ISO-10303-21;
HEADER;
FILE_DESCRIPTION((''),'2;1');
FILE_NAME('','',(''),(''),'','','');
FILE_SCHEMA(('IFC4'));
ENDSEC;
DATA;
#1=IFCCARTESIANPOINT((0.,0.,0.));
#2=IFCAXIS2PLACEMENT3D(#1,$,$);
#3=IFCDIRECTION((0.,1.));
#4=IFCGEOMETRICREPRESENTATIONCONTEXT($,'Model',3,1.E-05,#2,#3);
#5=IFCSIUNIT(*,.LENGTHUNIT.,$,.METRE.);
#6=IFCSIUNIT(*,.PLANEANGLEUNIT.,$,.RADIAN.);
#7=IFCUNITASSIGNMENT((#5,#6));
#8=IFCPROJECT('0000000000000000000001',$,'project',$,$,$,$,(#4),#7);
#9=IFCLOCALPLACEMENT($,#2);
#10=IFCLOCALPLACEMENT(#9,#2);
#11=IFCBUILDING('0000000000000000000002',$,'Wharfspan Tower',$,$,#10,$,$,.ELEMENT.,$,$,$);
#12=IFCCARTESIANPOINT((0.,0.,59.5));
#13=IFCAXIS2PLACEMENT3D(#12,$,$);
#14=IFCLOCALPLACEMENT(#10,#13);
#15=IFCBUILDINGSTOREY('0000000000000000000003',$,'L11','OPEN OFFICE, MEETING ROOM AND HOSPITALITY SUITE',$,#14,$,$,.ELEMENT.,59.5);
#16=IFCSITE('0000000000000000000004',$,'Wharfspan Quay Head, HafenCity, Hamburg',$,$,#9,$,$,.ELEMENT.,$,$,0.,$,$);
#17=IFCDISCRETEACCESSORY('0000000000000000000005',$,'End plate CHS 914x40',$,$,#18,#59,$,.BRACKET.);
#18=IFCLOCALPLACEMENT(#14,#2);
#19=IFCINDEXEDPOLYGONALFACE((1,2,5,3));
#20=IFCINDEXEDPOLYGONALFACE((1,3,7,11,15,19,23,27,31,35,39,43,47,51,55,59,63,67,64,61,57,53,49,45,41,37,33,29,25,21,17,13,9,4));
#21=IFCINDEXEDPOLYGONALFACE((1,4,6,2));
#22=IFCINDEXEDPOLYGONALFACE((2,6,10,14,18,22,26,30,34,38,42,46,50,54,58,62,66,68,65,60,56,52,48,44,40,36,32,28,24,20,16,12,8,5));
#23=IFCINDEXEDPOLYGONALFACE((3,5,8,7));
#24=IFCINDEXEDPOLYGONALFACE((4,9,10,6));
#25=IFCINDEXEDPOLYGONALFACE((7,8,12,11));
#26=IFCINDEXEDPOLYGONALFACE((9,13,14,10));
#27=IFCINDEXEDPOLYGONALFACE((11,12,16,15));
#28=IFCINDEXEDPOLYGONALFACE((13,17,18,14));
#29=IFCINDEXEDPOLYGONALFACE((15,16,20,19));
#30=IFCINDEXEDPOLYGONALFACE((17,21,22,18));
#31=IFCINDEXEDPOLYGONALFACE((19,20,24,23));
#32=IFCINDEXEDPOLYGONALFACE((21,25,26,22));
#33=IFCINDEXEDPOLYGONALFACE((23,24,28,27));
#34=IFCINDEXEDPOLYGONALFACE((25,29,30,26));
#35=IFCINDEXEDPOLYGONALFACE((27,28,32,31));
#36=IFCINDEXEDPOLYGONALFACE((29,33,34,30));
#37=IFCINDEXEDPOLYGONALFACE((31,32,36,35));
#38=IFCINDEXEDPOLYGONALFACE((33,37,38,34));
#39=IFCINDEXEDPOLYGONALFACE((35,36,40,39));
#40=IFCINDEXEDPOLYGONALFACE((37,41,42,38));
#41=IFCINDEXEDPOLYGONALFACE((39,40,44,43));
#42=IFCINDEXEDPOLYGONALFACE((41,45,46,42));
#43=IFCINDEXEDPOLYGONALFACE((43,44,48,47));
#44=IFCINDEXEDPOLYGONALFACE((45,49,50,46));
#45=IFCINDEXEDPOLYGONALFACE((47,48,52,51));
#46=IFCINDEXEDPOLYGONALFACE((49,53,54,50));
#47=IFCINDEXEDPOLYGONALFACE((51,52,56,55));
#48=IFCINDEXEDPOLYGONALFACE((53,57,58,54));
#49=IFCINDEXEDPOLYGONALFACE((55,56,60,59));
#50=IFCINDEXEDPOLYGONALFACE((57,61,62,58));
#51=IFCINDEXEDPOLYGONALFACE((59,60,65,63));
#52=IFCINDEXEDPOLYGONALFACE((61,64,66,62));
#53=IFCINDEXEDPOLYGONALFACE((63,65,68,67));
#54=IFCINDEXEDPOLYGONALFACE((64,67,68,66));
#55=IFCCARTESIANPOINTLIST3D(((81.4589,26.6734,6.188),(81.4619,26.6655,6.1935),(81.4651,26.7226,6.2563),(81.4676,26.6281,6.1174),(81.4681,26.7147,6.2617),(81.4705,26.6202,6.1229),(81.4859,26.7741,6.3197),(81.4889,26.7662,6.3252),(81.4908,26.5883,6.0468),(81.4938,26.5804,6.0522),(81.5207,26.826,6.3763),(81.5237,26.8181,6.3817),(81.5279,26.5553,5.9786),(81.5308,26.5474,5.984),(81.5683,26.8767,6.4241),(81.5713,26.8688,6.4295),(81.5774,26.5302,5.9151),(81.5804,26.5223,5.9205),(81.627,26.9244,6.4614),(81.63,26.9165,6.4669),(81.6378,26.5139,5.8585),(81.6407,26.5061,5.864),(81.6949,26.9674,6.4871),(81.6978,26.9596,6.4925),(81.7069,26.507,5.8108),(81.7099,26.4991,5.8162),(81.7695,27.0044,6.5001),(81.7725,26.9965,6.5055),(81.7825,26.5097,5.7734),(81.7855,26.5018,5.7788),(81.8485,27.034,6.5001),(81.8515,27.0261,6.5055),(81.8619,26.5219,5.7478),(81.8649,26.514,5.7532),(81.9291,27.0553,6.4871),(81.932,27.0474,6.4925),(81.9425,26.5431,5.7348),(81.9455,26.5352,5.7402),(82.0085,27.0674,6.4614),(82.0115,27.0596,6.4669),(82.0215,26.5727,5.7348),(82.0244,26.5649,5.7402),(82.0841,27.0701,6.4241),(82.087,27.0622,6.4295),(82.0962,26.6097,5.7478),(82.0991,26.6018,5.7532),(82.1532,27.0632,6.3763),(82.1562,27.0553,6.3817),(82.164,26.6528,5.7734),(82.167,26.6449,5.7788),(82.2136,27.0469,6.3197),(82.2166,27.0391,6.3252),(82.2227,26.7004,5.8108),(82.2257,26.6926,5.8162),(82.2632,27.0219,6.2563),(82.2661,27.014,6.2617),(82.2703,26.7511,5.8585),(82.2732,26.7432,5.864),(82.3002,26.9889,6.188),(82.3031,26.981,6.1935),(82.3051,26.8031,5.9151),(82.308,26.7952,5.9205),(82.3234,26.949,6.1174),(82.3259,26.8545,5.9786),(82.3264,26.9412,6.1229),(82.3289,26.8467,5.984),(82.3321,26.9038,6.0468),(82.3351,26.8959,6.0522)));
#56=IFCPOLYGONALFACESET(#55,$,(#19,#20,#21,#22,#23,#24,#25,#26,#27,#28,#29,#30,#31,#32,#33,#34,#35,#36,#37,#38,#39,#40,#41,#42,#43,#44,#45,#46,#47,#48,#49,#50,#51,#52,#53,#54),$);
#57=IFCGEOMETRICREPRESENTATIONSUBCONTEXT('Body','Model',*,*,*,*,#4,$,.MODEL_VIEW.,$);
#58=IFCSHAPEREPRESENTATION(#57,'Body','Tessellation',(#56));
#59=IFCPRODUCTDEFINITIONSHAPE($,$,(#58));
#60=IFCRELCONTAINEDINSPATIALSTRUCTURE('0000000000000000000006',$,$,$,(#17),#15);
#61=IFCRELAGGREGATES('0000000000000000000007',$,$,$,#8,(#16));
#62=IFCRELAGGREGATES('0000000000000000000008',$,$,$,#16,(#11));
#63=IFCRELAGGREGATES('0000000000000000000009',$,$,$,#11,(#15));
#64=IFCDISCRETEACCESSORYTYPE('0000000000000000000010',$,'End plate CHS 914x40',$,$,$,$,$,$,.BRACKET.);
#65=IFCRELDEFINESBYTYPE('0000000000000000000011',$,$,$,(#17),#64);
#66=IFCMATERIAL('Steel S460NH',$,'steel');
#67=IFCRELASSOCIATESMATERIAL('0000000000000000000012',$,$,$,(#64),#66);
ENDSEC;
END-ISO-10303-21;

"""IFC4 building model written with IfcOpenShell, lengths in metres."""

from ifc_helpers import new_model, si_unit, direction, frame, origin, origin_2d, place, context, subcontext, project, spatial, circle, extrude, material, material_profile, profile_set, type_object, element, save


model = new_model("IFC4")

# Units and contexts
model_context = context("Model", 3, precision=1e-05, world=origin(), true_north=direction((0.0, 1.0)))
body_context = subcontext(model_context, "Body", "Model", "MODEL_VIEW")
ifc_project = project(units=[si_unit("LENGTHUNIT", "METRE"), si_unit("PLANEANGLEUNIT", "RADIAN")], contexts=[model_context])

# Site, building, storey
site_placement = place(None, origin())
site = spatial("IfcSite", under=ifc_project, at=site_placement, Name="Wharfspan Quay Head, HafenCity, Hamburg", CompositionType="ELEMENT", RefElevation=0.0)
building_placement = place(site_placement, origin())
building = spatial("IfcBuilding", under=site, at=building_placement, Name="Wharfspan Tower", CompositionType="ELEMENT")
storey_placement = place(building_placement, frame((0.0, 0.0, 59.5)))
storey = spatial("IfcBuildingStorey", under=building, at=storey_placement, Name="L11", Description="OPEN OFFICE, MEETING ROOM AND HOSPITALITY SUITE", CompositionType="ELEMENT", Elevation=59.5)

# Shared definitions
ifc_material_1 = material(Name="Steel S460NH", Category="steel")

# Discrete accessory
ifc_material_profile_1 = material_profile(ifc_material_1, circle(Radius=0.457, at=origin_2d()))
ifc_profile_set_1 = profile_set([ifc_material_profile_1], Name="Steel S460NH")
discrete_accessory_type = type_object("IfcDiscreteAccessoryType", Name="End plate CHS 914x40", PredefinedType="BRACKET", material=ifc_profile_set_1)
for number, where, z_axis, x_axis, name in (
    (1, (81.8955, 26.7886, 6.1174), (0.295241, -0.787309, 0.541275), (0.936333, 0.351125, 0.0), "End plate CHS 914x40"),
):
    element("IfcDiscreteAccessory", number, at=place(storey_placement, frame(where, z_axis=z_axis, x_axis=x_axis)), inside=storey, type_object=discrete_accessory_type, Name=name, PredefinedType="BRACKET", context=body_context, shape_type="SweptSolid", body=[
        extrude(circle(Radius=0.457, at=origin_2d()), origin(), (0.0, 0.0, 1.0), 0.01),
    ])

save(model, "model.ifc")
